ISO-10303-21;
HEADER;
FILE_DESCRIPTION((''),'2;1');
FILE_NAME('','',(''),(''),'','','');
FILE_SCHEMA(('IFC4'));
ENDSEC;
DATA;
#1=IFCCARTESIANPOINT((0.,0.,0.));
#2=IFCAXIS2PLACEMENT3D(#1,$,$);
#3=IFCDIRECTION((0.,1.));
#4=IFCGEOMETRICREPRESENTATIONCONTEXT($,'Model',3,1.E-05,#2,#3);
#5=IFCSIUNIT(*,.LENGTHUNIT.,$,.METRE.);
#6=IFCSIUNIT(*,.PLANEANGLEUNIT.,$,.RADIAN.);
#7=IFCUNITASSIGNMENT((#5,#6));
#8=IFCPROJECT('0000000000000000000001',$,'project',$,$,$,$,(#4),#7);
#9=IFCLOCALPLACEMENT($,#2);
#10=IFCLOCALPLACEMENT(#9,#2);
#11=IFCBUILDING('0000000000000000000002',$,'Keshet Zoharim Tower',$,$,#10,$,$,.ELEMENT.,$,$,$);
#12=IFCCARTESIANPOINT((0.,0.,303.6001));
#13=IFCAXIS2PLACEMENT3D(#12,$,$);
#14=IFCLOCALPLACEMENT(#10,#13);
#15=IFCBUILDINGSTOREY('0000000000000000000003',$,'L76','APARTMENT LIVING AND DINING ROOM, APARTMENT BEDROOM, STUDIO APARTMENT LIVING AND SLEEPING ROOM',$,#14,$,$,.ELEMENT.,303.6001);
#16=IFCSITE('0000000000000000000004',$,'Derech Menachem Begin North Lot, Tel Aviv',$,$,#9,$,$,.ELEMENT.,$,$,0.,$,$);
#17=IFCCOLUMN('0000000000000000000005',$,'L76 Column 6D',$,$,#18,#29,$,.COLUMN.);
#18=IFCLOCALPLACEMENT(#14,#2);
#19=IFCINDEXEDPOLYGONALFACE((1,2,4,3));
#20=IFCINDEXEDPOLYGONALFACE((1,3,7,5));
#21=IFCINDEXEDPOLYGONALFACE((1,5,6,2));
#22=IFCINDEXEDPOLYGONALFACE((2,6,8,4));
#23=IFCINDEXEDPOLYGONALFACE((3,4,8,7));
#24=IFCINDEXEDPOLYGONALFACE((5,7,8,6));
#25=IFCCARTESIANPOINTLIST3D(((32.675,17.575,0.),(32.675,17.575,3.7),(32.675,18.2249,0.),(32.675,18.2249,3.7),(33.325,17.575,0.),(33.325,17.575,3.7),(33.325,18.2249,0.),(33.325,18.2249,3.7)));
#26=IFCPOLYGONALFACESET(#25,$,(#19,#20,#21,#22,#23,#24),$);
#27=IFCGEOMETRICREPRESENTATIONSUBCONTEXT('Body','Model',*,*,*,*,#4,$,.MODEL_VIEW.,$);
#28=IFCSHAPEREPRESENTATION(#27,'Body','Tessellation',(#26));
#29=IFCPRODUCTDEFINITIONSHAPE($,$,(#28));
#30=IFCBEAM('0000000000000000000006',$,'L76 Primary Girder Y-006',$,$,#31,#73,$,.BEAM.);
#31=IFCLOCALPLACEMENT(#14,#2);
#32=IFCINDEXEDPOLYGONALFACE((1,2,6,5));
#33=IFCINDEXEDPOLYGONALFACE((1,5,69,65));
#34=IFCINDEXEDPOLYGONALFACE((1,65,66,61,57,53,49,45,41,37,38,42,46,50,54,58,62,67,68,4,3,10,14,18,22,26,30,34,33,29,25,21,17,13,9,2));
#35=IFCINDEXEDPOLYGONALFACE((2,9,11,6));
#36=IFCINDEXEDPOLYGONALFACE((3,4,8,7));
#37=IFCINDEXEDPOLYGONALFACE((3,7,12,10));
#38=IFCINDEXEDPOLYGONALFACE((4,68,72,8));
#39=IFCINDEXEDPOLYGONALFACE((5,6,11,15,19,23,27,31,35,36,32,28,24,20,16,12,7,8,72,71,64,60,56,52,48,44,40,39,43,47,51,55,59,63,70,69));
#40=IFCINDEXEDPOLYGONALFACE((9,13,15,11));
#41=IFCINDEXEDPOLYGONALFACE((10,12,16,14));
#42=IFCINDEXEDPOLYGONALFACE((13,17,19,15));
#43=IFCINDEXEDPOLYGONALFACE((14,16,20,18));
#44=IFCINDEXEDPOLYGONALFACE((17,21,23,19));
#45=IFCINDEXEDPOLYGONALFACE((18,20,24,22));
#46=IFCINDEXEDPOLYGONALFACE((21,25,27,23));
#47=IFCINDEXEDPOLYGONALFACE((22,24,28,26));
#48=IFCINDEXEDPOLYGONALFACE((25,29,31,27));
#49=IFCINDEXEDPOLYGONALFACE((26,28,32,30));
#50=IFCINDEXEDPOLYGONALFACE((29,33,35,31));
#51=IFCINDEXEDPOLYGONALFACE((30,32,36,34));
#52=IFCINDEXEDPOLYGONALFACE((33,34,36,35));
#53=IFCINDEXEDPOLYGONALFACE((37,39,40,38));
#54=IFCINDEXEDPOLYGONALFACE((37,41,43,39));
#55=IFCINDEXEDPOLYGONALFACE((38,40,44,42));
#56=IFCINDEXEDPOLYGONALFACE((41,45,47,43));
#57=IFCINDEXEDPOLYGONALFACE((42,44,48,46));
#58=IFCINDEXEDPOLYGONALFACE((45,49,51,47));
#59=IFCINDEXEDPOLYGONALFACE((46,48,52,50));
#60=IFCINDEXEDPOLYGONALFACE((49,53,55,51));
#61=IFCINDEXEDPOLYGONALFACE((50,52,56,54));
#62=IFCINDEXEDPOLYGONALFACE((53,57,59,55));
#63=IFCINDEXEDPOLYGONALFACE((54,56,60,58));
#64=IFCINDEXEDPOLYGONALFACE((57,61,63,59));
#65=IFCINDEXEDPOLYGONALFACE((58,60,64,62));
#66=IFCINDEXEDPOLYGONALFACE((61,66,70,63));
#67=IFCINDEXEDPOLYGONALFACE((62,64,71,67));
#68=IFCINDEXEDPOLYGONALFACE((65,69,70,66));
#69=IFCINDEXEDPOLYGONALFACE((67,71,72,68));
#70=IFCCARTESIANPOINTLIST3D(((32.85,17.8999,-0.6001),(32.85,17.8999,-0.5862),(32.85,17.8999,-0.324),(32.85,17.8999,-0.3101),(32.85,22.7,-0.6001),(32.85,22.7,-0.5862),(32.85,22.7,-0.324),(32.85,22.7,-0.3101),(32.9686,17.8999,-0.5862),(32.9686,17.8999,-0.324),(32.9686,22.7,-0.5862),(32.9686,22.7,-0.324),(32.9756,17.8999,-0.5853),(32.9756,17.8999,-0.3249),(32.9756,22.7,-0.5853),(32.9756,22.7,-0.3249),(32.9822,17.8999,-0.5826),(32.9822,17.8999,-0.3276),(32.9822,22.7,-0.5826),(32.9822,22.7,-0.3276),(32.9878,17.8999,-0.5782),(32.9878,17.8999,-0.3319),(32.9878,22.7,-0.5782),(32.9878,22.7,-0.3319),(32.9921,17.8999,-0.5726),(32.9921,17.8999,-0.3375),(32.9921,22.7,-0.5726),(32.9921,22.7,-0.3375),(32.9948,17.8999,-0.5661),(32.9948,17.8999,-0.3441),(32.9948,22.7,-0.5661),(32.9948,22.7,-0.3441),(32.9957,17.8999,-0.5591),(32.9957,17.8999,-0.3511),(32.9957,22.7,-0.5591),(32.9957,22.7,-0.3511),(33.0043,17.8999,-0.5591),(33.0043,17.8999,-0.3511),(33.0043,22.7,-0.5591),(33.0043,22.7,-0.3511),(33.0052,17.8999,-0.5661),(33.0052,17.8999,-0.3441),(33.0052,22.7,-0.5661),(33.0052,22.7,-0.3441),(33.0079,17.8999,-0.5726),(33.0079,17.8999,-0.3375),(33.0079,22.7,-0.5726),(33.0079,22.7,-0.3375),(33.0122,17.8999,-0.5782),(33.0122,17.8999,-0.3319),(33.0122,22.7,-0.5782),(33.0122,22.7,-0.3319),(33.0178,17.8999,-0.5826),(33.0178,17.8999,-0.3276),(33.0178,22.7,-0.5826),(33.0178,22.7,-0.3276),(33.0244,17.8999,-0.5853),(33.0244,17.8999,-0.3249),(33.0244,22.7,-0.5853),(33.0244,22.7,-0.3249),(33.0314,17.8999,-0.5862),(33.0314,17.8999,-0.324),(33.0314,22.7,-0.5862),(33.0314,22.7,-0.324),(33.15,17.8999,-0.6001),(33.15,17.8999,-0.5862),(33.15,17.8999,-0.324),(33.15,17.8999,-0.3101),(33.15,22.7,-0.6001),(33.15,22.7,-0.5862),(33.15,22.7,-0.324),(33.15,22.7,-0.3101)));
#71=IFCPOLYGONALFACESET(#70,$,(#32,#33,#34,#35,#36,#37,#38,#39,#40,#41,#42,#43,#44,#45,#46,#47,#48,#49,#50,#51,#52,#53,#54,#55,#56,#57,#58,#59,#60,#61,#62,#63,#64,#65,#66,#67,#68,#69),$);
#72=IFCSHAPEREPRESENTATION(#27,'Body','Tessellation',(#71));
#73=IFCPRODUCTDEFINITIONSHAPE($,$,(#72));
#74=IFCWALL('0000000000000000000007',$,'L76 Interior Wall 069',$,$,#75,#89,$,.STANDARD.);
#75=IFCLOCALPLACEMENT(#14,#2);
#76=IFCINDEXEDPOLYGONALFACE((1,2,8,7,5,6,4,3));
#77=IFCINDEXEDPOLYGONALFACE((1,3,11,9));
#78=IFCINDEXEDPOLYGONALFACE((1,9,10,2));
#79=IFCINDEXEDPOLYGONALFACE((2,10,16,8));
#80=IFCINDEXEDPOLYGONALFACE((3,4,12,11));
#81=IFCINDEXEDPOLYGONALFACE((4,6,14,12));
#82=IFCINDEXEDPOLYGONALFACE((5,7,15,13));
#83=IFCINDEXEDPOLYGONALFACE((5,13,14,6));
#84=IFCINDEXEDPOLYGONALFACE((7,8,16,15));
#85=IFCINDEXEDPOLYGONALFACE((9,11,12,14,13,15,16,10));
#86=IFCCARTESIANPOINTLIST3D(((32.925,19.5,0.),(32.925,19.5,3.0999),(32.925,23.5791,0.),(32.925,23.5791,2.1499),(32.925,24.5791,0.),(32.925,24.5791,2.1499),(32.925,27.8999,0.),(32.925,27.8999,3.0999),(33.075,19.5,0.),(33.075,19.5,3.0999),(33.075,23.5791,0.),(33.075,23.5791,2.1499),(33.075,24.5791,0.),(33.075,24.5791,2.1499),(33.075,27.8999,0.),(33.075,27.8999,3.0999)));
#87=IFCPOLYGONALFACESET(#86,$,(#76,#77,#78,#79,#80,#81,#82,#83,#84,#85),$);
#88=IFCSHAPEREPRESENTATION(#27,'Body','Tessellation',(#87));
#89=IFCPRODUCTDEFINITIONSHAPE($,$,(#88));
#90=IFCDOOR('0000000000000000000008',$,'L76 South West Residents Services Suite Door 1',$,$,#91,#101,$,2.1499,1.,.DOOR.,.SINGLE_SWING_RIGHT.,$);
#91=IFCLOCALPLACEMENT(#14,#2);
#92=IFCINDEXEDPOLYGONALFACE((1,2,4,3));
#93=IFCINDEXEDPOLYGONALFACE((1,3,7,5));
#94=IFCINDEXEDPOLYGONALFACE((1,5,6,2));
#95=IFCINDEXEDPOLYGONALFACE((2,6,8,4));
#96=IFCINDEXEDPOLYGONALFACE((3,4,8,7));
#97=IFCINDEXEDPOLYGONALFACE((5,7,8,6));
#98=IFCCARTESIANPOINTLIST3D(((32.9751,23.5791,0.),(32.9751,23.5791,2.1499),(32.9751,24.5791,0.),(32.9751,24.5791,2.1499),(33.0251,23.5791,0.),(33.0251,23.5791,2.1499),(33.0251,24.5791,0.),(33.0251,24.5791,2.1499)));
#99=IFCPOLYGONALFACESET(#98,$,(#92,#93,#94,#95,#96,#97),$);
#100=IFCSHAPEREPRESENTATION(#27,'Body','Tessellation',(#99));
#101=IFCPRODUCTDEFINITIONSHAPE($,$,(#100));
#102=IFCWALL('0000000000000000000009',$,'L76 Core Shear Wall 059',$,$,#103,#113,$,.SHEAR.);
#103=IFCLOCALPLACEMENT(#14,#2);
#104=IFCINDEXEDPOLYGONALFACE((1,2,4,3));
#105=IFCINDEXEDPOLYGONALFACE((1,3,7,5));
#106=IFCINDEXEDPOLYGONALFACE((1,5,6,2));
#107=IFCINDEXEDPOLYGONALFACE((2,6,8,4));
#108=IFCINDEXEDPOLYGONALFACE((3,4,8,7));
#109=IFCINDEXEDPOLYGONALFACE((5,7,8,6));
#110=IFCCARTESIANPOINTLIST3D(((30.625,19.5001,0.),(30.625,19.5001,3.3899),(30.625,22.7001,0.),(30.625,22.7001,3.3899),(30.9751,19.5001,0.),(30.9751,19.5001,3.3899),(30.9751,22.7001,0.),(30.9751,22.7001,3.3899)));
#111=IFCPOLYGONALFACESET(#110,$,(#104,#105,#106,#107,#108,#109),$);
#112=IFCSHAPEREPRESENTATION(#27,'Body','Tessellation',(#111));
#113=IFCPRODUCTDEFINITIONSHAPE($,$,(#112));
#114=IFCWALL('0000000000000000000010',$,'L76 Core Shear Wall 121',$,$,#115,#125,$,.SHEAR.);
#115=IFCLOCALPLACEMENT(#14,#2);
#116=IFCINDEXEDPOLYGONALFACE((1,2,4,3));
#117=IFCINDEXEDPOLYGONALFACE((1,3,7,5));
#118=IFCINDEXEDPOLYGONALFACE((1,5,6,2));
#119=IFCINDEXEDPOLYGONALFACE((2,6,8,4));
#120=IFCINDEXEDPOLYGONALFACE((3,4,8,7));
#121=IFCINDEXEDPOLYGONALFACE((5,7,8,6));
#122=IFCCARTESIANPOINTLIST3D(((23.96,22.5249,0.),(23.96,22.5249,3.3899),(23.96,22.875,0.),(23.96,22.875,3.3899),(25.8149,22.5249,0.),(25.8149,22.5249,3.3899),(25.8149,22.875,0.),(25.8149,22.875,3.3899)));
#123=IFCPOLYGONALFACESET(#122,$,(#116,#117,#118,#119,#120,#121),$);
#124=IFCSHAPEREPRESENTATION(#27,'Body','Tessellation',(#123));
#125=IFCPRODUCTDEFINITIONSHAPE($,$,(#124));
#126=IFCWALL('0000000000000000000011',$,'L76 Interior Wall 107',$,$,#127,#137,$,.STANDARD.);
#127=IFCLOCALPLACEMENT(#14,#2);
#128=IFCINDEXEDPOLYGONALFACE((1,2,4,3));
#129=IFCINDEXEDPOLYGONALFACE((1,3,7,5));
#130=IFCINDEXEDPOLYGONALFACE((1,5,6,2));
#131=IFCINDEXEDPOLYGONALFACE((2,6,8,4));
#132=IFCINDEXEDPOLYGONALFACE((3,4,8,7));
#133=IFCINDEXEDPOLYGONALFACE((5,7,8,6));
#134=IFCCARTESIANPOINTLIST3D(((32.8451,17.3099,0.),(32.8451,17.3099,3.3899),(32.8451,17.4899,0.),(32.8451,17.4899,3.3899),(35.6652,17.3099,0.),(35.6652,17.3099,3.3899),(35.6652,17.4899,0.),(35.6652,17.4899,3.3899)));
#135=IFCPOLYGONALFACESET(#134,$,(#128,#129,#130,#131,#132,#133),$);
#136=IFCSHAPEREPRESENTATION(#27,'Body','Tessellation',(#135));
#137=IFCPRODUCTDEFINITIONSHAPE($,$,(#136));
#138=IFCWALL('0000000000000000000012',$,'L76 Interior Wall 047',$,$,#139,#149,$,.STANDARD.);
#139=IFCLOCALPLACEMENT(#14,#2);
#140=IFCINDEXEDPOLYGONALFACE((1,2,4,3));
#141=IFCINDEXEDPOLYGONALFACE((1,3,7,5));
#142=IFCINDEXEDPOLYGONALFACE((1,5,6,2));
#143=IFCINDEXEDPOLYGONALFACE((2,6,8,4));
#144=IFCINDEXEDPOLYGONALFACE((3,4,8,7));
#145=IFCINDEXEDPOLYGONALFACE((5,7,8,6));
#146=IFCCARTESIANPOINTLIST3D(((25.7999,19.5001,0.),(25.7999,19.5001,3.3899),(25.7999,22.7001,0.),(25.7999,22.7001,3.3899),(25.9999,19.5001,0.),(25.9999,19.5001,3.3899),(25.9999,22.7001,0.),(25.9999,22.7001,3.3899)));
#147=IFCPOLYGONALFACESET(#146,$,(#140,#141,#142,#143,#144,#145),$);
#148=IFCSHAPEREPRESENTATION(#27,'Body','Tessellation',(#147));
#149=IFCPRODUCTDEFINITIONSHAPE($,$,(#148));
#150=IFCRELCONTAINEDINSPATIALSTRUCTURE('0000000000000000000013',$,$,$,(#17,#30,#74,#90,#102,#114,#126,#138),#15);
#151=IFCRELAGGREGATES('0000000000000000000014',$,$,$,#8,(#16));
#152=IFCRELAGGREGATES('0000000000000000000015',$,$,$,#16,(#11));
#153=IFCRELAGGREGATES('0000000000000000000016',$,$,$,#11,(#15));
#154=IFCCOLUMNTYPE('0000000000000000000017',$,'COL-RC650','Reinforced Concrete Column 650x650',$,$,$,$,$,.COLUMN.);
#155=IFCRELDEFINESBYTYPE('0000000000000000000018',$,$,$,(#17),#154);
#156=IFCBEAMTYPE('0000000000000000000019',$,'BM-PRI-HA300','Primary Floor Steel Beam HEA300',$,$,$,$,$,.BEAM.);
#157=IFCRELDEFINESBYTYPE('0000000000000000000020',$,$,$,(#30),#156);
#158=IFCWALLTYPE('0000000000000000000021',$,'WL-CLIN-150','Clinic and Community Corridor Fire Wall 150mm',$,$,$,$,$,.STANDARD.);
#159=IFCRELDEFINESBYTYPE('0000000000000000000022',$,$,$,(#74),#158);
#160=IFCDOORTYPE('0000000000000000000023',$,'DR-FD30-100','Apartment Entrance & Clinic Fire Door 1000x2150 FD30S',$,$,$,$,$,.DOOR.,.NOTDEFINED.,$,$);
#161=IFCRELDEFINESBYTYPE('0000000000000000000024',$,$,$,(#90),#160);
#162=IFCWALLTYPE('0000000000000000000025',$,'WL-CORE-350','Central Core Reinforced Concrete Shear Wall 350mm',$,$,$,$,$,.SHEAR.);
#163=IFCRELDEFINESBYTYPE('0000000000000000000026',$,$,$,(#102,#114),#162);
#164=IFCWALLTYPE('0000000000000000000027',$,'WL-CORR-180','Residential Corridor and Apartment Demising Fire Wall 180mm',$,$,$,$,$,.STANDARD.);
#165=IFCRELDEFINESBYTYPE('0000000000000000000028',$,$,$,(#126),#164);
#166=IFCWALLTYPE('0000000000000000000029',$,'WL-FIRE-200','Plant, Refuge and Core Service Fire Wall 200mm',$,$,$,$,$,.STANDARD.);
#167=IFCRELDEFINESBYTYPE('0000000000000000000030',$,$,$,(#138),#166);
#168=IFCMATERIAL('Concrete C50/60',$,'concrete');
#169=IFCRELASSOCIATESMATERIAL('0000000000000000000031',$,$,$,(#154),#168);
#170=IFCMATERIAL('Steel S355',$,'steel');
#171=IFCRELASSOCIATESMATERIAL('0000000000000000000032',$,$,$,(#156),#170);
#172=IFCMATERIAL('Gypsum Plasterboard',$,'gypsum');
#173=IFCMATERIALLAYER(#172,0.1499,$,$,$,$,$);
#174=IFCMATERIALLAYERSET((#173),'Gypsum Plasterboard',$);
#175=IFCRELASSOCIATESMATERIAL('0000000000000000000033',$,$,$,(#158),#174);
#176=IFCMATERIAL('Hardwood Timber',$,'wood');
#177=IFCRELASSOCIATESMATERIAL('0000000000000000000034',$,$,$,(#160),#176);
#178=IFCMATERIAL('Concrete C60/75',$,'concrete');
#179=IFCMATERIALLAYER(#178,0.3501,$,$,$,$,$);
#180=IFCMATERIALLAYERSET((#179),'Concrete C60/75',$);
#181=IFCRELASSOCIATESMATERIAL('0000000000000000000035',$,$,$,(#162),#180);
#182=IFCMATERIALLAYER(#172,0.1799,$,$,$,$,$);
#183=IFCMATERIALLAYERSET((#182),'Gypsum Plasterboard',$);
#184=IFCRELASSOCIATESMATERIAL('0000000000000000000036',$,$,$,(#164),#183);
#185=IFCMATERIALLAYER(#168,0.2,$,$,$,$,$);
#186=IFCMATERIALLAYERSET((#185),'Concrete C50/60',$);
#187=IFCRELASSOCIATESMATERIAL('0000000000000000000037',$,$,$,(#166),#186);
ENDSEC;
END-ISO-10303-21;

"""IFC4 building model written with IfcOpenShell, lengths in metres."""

from ifc_helpers import new_model, si_unit, direction, frame, frame_2d, origin, origin_2d, place, context, subcontext, project, spatial, rectangle, i_section, extrude, material, layer, layer_set, material_profile, profile_set, type_object, element, fill, save


model = new_model("IFC4")

# Units and contexts
model_context = context("Model", 3, precision=1e-05, world=origin(), true_north=direction((0.0, 1.0)))
body_context = subcontext(model_context, "Body", "Model", "MODEL_VIEW")
ifc_project = project(units=[si_unit("LENGTHUNIT", "METRE"), si_unit("PLANEANGLEUNIT", "RADIAN")], contexts=[model_context])

# Site, building, storey
site_placement = place(None, origin())
site = spatial("IfcSite", under=ifc_project, at=site_placement, Name="Derech Menachem Begin North Lot, Tel Aviv", CompositionType="ELEMENT", RefElevation=0.0)
building_placement = place(site_placement, origin())
building = spatial("IfcBuilding", under=site, at=building_placement, Name="Keshet Zoharim Tower", CompositionType="ELEMENT")
storey_placement = place(building_placement, frame((0.0, 0.0, 303.6001)))
storey = spatial("IfcBuildingStorey", under=building, at=storey_placement, Name="L76", Description="APARTMENT LIVING AND DINING ROOM, APARTMENT BEDROOM, STUDIO APARTMENT LIVING AND SLEEPING ROOM", CompositionType="ELEMENT", Elevation=303.6001)

# Column
ifc_material_1 = material(Name="Concrete C50/60", Category="concrete")
ifc_material_profile_1 = material_profile(ifc_material_1, rectangle(XDim=0.6499, YDim=0.6499, at=origin_2d()), Name="RC650x650")
ifc_profile_set_1 = profile_set([ifc_material_profile_1], Name="Concrete C50/60")
column_type = type_object("IfcColumnType", Name="COL-RC650", Description="Reinforced Concrete Column 650x650", PredefinedType="COLUMN", material=ifc_profile_set_1)
column_placement = place(storey_placement, frame((33.0, 17.8999, 0.0), z_axis=(0.0, 0.0, 1.0), x_axis=(1.0, 0.0, 0.0)))
element("IfcColumn", 1, at=column_placement, inside=storey, type_object=column_type, Name="L76 Column 6D", PredefinedType="COLUMN", context=body_context, shape_type="SweptSolid", body=[
    extrude(rectangle(XDim=0.6499, YDim=0.6499, at=origin_2d()), origin(), (0.0, 0.0, 1.0), 3.7),
])

# Beam
ifc_material_2 = material(Name="Steel S355", Category="steel")
ifc_material_profile_2 = material_profile(ifc_material_2, i_section(OverallWidth=0.3, OverallDepth=0.29, WebThickness=0.0085, FlangeThickness=0.0139, FilletRadius=0.0271, at=origin_2d()), Name="HEA300")
ifc_profile_set_2 = profile_set([ifc_material_profile_2], Name="Steel S355")
beam_type = type_object("IfcBeamType", Name="BM-PRI-HA300", Description="Primary Floor Steel Beam HEA300", PredefinedType="BEAM", material=ifc_profile_set_2)
beam_placement = place(storey_placement, frame((33.0, 17.8999, -0.4551), z_axis=(0.0, 1.0, 0.0), x_axis=(-1.0, 0.0, 0.0)))
element("IfcBeam", 2, at=beam_placement, inside=storey, type_object=beam_type, Name="L76 Primary Girder Y-006", PredefinedType="BEAM", context=body_context, shape_type="SweptSolid", body=[
    extrude(i_section(OverallWidth=0.3, OverallDepth=0.29, WebThickness=0.0085, FlangeThickness=0.0139, FilletRadius=0.0271, at=origin_2d()), origin(), (0.0, 0.0, 1.0), 4.8),
])

# Wall, opening, door
ifc_material_3 = material(Name="Gypsum Plasterboard", Category="gypsum")
ifc_layer_1 = layer(ifc_material_3, 0.1499)
ifc_layer_set_1 = layer_set([ifc_layer_1], Name="Gypsum Plasterboard")
wall_type_1 = type_object("IfcWallType", Name="WL-CLIN-150", Description="Clinic and Community Corridor Fire Wall 150mm", PredefinedType="STANDARD", material=ifc_layer_set_1)
wall_1_placement = place(storey_placement, frame((33.0, 19.5, 0.0), z_axis=(0.0, 0.0, 1.0), x_axis=(0.0, 1.0, 0.0)))
wall_1 = element("IfcWall", 3, at=wall_1_placement, inside=storey, type_object=wall_type_1, Name="L76 Interior Wall 069", PredefinedType="STANDARD", context=body_context, shape_type="SweptSolid", body=[
    extrude(rectangle(XDim=8.3999, YDim=0.1499, at=frame_2d((4.2, 0.0))), origin(), (0.0, 0.0, 1.0), 3.0999),
])
opening_1_placement = place(wall_1_placement, frame((4.0791, 0.0, 0.0)))
opening_1 = element("IfcOpeningElement", 4, at=opening_1_placement, cuts=wall_1, PredefinedType="OPENING", context=body_context, shape_type="SweptSolid", body=[
    extrude(rectangle(XDim=1.0, YDim=2.1499, at=frame_2d((0.5, 1.075))), frame((0.0, 0.085, 0.0), z_axis=(0.0, -1.0, 0.0), x_axis=(1.0, 0.0, 0.0)), (0.0, 0.0, 1.0), 0.1699),
])
ifc_material_4 = material(Name="Hardwood Timber", Category="wood")
door_type_1 = type_object("IfcDoorType", Name="DR-FD30-100", Description="Apartment Entrance & Clinic Fire Door 1000x2150 FD30S", OperationType="NOTDEFINED", PredefinedType="DOOR", material=ifc_material_4)
door_1_placement = place(opening_1_placement, origin())
door_1 = element("IfcDoor", 5, at=door_1_placement, inside=storey, type_object=door_type_1, Name="L76 South West Residents Services Suite Door 1", OperationType="SINGLE_SWING_RIGHT", OverallHeight=2.1499, OverallWidth=1.0, PredefinedType="DOOR", context=body_context, shape_type="SweptSolid", body=[
    extrude(rectangle(XDim=1.0, YDim=2.1499, at=frame_2d((0.5, 1.075))), frame((0.0, 0.0249, 0.0), z_axis=(0.0, -1.0, 0.0), x_axis=(1.0, 0.0, 0.0)), (0.0, 0.0, 1.0), 0.05),
])
fill(opening_1, door_1)
ifc_material_5 = material(Name="Concrete C60/75", Category="concrete")
ifc_layer_2 = layer(ifc_material_5, 0.3501)
ifc_layer_set_2 = layer_set([ifc_layer_2], Name="Concrete C60/75")
wall_type_2 = type_object("IfcWallType", Name="WL-CORE-350", Description="Central Core Reinforced Concrete Shear Wall 350mm", PredefinedType="SHEAR", material=ifc_layer_set_2)

# Walls
wall_2_placement = place(storey_placement, frame((30.8, 19.5, 0.0), z_axis=(0.0, 0.0, 1.0), x_axis=(0.0, 1.0, 0.0)))
element("IfcWall", 6, at=wall_2_placement, inside=storey, type_object=wall_type_2, Name="L76 Core Shear Wall 059", PredefinedType="SHEAR", context=body_context, shape_type="SweptSolid", body=[
    extrude(rectangle(XDim=3.2, YDim=0.3501, at=frame_2d((1.6001, 0.0))), origin(), (0.0, 0.0, 1.0), 3.3899),
])
wall_3_placement = place(storey_placement, frame((23.96, 22.7, 0.0), z_axis=(0.0, 0.0, 1.0), x_axis=(1.0, 0.0, 0.0)))
element("IfcWall", 7, at=wall_3_placement, inside=storey, type_object=wall_type_2, Name="L76 Core Shear Wall 121", PredefinedType="SHEAR", context=body_context, shape_type="SweptSolid", body=[
    extrude(rectangle(XDim=1.855, YDim=0.3501, at=frame_2d((0.9275, 0.0))), origin(), (0.0, 0.0, 1.0), 3.3899),
])

# Shared definitions
ifc_layer_3 = layer(ifc_material_3, 0.1799)
ifc_layer_set_3 = layer_set([ifc_layer_3], Name="Gypsum Plasterboard")
wall_type_3 = type_object("IfcWallType", Name="WL-CORR-180", Description="Residential Corridor and Apartment Demising Fire Wall 180mm", PredefinedType="STANDARD", material=ifc_layer_set_3)

# Walls
wall_4_placement = place(storey_placement, frame((32.845, 17.3999, 0.0), z_axis=(0.0, 0.0, 1.0), x_axis=(1.0, 0.0, 0.0)))
element("IfcWall", 8, at=wall_4_placement, inside=storey, type_object=wall_type_3, Name="L76 Interior Wall 107", PredefinedType="STANDARD", context=body_context, shape_type="SweptSolid", body=[
    extrude(rectangle(XDim=2.8201, YDim=0.1799, at=frame_2d((1.4102, 0.0))), origin(), (0.0, 0.0, 1.0), 3.3899),
])
ifc_layer_4 = layer(ifc_material_1, 0.2)
ifc_layer_set_4 = layer_set([ifc_layer_4], Name="Concrete C50/60")
wall_type_4 = type_object("IfcWallType", Name="WL-FIRE-200", Description="Plant, Refuge and Core Service Fire Wall 200mm", PredefinedType="STANDARD", material=ifc_layer_set_4)
wall_5_placement = place(storey_placement, frame((25.8999, 19.5, 0.0), z_axis=(0.0, 0.0, 1.0), x_axis=(0.0, 1.0, 0.0)))
element("IfcWall", 9, at=wall_5_placement, inside=storey, type_object=wall_type_4, Name="L76 Interior Wall 047", PredefinedType="STANDARD", context=body_context, shape_type="SweptSolid", body=[
    extrude(rectangle(XDim=3.2, YDim=0.2, at=frame_2d((1.6001, 0.0))), origin(), (0.0, 0.0, 1.0), 3.3899),
])

save(model, "model.ifc")
